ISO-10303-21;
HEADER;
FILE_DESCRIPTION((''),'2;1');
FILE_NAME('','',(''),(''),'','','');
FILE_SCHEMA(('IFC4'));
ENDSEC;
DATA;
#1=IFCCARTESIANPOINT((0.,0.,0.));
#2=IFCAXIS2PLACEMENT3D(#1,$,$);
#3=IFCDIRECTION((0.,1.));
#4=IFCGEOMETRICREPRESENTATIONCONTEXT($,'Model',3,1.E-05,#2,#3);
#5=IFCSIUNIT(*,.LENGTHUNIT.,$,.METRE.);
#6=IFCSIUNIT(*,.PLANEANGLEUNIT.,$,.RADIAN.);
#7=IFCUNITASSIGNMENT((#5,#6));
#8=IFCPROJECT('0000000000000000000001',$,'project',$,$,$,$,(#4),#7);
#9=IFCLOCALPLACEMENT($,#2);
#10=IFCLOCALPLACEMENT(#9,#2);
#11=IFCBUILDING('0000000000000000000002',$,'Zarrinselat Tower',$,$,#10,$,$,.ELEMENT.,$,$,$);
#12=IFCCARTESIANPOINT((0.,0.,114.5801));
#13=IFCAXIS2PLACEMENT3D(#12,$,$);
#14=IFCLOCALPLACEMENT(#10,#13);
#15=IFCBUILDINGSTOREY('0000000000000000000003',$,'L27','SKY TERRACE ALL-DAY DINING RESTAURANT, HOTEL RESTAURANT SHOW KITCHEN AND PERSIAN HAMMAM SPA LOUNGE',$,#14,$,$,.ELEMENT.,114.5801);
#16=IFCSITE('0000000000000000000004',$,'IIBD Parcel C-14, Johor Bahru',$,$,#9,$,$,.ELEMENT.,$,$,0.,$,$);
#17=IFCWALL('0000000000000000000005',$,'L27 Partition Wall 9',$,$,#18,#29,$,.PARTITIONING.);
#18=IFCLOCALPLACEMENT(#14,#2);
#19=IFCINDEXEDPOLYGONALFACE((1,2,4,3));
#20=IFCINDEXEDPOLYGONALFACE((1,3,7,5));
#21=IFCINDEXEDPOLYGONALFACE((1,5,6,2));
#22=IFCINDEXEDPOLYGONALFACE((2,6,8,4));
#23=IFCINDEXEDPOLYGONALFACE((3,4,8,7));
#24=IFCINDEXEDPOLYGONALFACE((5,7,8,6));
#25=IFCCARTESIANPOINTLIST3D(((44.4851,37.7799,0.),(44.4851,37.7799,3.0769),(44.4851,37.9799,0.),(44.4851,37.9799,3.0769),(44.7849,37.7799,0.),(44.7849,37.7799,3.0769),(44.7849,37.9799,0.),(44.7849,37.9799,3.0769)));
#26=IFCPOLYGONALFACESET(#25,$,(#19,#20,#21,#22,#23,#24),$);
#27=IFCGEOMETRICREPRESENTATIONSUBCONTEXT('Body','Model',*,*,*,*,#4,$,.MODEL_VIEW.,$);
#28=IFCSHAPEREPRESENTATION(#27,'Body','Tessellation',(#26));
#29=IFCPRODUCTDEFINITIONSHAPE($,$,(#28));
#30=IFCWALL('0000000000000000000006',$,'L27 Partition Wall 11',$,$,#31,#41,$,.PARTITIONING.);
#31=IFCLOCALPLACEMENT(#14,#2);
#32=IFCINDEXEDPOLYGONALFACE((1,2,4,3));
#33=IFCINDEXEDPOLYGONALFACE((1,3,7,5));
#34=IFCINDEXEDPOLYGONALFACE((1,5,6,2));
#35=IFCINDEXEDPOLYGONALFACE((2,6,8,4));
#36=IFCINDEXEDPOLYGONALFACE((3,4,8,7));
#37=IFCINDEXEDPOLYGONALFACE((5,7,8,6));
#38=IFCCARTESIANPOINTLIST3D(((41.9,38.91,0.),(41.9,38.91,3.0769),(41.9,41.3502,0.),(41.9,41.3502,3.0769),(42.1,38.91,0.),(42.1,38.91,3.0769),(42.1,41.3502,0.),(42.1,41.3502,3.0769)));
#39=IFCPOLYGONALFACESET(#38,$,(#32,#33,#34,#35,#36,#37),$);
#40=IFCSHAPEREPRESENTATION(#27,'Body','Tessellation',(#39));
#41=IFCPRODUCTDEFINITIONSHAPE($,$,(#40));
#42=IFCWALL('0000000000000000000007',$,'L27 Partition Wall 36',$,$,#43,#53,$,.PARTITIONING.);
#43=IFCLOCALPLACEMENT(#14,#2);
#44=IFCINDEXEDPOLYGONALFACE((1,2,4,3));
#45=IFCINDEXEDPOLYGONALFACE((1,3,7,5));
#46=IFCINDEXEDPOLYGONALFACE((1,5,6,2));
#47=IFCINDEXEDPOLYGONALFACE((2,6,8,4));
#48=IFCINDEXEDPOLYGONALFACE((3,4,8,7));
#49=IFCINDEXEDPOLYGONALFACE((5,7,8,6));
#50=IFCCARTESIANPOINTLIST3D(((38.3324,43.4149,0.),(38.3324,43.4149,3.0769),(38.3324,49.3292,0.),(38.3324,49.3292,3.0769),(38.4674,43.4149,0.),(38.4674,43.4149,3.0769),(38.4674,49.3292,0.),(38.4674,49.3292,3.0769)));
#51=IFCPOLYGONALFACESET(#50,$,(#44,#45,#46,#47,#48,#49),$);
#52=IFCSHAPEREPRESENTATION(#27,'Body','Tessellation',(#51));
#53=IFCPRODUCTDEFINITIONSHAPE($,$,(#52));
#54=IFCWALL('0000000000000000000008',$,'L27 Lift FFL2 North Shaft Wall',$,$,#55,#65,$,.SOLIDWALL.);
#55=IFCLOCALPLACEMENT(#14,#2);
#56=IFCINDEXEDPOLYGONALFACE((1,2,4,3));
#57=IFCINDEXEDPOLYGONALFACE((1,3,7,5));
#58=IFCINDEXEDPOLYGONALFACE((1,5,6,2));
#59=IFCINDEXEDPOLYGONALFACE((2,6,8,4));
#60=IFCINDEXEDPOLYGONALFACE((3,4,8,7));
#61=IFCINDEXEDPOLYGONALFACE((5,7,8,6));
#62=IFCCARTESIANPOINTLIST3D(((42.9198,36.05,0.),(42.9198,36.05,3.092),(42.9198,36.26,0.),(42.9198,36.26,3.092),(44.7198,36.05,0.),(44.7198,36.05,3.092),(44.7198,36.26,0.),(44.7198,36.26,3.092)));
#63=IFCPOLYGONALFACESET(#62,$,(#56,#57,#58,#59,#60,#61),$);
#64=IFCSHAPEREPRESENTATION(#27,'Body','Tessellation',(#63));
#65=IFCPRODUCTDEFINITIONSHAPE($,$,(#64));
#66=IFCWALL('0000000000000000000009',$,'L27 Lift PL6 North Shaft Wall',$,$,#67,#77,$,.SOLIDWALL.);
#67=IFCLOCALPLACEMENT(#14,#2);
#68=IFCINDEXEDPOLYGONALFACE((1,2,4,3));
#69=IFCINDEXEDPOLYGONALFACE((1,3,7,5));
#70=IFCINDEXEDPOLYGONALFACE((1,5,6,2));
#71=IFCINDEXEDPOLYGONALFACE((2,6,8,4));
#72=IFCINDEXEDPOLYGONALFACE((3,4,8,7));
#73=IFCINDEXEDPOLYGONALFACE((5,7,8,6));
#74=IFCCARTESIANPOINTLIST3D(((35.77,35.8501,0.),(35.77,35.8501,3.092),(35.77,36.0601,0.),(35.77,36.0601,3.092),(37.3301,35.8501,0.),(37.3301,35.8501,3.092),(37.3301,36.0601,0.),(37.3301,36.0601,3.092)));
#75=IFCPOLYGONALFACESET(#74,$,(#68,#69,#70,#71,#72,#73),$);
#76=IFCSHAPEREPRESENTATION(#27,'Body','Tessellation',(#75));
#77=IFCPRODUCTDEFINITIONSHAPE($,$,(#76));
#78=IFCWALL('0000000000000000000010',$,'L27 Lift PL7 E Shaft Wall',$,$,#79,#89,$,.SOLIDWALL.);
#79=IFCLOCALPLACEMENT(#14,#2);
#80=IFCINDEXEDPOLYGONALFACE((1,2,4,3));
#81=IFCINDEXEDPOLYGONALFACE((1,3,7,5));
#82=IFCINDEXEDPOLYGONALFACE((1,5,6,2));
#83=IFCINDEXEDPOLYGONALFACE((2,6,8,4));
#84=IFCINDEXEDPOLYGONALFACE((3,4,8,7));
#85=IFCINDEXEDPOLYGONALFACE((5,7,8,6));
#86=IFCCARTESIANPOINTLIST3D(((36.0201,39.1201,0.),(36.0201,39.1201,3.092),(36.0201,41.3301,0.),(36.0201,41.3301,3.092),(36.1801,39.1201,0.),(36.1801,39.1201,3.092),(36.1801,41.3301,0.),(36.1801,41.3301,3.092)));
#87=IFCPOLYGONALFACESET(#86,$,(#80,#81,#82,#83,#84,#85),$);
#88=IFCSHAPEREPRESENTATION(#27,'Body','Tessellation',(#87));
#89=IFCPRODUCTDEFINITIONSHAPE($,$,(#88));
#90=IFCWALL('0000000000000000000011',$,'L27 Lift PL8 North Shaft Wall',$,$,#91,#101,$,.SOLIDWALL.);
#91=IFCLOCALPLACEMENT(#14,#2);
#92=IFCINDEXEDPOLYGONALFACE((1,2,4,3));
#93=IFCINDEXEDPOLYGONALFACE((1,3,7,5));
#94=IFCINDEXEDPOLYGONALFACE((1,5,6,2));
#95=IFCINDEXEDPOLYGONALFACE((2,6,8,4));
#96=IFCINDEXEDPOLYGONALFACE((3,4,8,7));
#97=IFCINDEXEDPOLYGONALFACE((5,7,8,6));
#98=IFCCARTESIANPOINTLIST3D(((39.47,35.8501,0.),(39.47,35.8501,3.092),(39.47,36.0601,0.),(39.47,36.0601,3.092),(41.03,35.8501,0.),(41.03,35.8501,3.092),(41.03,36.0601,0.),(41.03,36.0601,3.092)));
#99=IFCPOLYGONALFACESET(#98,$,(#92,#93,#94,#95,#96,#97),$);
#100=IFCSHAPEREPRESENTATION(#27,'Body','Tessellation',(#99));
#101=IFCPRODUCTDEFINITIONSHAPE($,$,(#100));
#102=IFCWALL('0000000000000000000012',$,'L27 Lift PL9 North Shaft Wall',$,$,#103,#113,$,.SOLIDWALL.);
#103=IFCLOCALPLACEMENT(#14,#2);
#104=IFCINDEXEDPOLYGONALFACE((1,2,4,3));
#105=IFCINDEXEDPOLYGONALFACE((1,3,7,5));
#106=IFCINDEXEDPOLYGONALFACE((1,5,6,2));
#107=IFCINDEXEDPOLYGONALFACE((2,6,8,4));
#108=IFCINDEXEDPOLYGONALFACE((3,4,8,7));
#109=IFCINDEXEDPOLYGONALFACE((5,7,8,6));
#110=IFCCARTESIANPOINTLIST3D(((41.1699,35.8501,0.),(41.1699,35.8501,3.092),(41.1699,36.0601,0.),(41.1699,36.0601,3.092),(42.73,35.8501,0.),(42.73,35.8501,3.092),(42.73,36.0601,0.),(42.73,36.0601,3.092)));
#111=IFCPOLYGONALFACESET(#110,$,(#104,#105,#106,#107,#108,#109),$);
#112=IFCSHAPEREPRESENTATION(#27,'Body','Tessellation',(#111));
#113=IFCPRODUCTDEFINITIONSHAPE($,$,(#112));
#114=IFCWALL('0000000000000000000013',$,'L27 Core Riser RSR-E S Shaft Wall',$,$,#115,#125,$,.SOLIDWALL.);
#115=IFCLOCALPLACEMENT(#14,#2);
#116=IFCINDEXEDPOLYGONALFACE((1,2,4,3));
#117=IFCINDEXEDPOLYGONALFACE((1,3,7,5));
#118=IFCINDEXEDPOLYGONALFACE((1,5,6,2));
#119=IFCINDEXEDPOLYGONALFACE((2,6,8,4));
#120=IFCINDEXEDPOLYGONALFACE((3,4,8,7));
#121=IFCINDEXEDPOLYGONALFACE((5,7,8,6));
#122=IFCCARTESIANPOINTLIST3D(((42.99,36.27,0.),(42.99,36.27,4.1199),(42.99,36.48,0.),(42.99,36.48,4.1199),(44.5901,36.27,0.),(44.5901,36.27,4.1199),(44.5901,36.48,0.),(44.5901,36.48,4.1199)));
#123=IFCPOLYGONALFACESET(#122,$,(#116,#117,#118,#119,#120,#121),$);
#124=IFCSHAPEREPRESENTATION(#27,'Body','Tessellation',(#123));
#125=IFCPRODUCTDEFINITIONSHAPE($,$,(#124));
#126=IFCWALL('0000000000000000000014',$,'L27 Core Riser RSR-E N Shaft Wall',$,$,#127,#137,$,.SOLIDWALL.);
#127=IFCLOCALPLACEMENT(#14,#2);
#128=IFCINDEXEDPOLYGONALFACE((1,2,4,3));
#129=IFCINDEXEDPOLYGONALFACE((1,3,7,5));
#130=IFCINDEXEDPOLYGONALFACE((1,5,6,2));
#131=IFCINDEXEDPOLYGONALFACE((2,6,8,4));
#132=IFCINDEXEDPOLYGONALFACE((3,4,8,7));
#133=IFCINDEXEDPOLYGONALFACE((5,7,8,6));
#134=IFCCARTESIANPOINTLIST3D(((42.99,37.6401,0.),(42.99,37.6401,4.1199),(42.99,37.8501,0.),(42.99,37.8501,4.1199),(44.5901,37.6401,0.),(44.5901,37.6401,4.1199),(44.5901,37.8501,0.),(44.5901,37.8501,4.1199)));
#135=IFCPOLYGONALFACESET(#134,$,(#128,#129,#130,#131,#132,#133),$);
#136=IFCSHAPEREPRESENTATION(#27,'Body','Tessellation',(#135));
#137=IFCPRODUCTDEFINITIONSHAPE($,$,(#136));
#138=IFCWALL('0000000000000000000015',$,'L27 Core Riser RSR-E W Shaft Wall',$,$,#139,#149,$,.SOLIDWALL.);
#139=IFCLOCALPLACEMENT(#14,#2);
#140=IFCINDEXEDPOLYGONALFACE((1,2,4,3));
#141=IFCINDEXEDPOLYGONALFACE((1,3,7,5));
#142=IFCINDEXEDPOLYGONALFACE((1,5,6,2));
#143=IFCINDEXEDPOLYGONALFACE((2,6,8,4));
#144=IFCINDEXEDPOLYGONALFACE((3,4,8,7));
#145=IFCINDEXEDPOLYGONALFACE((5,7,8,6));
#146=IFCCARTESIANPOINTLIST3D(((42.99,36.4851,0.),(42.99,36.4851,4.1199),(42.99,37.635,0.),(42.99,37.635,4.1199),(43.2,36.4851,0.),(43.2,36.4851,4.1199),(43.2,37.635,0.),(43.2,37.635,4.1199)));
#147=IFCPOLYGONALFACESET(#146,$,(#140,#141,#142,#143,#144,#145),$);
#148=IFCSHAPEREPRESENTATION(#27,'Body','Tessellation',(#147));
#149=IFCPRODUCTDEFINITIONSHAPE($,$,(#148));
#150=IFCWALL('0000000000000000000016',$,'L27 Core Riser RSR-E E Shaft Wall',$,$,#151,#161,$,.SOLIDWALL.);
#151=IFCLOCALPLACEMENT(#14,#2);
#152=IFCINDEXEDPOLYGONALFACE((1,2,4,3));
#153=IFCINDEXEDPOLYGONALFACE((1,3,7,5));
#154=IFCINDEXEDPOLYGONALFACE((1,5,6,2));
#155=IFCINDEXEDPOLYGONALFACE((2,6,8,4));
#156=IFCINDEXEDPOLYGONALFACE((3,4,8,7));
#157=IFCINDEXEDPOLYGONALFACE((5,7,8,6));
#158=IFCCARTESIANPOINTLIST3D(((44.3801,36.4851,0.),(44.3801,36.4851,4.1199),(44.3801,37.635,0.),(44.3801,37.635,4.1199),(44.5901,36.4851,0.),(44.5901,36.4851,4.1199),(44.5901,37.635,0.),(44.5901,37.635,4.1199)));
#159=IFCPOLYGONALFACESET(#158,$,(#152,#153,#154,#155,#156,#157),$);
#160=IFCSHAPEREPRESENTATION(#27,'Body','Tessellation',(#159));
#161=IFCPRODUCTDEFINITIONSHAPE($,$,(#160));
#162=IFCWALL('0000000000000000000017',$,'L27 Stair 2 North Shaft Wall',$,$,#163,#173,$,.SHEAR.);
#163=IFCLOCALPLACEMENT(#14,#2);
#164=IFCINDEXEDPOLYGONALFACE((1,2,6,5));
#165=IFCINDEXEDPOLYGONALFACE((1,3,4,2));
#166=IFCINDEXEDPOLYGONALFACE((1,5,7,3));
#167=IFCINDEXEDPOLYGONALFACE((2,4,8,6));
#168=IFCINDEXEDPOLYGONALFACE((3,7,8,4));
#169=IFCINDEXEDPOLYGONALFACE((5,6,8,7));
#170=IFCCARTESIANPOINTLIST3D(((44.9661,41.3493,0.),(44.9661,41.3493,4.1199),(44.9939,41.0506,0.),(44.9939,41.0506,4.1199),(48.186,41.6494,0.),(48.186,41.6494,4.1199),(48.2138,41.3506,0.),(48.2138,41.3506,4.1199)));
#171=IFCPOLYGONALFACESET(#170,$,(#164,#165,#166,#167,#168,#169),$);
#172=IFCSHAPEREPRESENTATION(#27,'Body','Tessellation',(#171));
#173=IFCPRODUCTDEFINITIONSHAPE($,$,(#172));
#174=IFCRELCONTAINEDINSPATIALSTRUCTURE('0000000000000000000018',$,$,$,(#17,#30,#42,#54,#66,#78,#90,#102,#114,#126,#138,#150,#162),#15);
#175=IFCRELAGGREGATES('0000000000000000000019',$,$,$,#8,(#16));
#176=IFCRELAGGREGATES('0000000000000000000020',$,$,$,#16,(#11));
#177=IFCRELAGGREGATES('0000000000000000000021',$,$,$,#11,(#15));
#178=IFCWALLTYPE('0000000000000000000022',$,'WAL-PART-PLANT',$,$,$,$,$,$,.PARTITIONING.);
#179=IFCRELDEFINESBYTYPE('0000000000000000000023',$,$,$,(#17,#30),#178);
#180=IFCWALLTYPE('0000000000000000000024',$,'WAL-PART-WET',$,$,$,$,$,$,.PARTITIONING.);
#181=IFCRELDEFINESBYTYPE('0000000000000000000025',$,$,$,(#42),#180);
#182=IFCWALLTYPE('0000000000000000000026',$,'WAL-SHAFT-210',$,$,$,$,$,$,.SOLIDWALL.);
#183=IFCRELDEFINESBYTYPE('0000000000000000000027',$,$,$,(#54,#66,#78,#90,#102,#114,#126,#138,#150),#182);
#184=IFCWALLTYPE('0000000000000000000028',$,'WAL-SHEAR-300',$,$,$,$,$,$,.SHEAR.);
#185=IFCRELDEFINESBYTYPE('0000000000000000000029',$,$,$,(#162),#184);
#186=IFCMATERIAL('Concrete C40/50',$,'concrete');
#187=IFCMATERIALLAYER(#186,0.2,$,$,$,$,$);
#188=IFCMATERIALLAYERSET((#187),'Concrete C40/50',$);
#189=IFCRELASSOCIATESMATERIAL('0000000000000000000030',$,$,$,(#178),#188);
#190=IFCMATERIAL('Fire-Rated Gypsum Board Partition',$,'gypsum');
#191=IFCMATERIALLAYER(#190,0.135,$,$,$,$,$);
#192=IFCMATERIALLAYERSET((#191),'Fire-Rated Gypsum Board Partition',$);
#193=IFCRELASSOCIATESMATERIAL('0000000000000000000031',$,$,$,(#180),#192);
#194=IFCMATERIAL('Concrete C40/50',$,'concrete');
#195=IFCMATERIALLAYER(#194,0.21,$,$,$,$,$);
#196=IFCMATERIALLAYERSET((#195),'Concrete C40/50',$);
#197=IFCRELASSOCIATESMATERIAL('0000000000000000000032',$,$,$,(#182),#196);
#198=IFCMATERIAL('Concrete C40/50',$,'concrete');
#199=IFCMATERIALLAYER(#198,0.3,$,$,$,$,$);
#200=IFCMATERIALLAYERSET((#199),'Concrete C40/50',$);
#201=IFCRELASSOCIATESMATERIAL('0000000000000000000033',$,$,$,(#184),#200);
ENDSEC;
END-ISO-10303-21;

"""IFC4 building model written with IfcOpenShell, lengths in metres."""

from ifc_helpers import new_model, si_unit, direction, frame, frame_2d, origin, place, context, subcontext, project, spatial, rectangle, extrude, material, layer, layer_set, type_object, element, save


model = new_model("IFC4")

# Units and contexts
model_context = context("Model", 3, precision=1e-05, world=origin(), true_north=direction((0.0, 1.0)))
body_context = subcontext(model_context, "Body", "Model", "MODEL_VIEW")
ifc_project = project(units=[si_unit("LENGTHUNIT", "METRE"), si_unit("PLANEANGLEUNIT", "RADIAN")], contexts=[model_context])

# Site, building, storey
site_placement = place(None, origin())
site = spatial("IfcSite", under=ifc_project, at=site_placement, Name="IIBD Parcel C-14, Johor Bahru", CompositionType="ELEMENT", RefElevation=0.0)
building_placement = place(site_placement, origin())
building = spatial("IfcBuilding", under=site, at=building_placement, Name="Zarrinselat Tower", CompositionType="ELEMENT")
storey_placement = place(building_placement, frame((0.0, 0.0, 114.5801)))
storey = spatial("IfcBuildingStorey", under=building, at=storey_placement, Name="L27", Description="SKY TERRACE ALL-DAY DINING RESTAURANT, HOTEL RESTAURANT SHOW KITCHEN AND PERSIAN HAMMAM SPA LOUNGE", CompositionType="ELEMENT", Elevation=114.5801)

# Shared definitions
ifc_material_1 = material(Name="Concrete C40/50", Category="concrete")
ifc_layer_1 = layer(ifc_material_1, 0.2)
ifc_layer_set_1 = layer_set([ifc_layer_1], Name="Concrete C40/50")
wall_type_1 = type_object("IfcWallType", Name="WAL-PART-PLANT", PredefinedType="PARTITIONING", material=ifc_layer_set_1)

# Walls
wall_1_placement = place(storey_placement, frame((44.4851, 37.8799, 0.0), z_axis=(0.0, 0.0, 1.0), x_axis=(1.0, 0.0, 0.0)))
element("IfcWall", 1, at=wall_1_placement, inside=storey, type_object=wall_type_1, Name="L27 Partition Wall 9", PredefinedType="PARTITIONING", context=body_context, shape_type="SweptSolid", body=[
    extrude(rectangle(XDim=0.2998, YDim=0.2, at=frame_2d((0.1499, 0.0))), origin(), (0.0, 0.0, 1.0), 3.0769),
])
wall_2_placement = place(storey_placement, frame((42.0, 38.9099, 0.0), z_axis=(0.0, 0.0, 1.0), x_axis=(0.0, 1.0, 0.0)))
element("IfcWall", 2, at=wall_2_placement, inside=storey, type_object=wall_type_1, Name="L27 Partition Wall 11", PredefinedType="PARTITIONING", context=body_context, shape_type="SweptSolid", body=[
    extrude(rectangle(XDim=2.4402, YDim=0.2, at=frame_2d((1.2202, 0.0))), origin(), (0.0, 0.0, 1.0), 3.0769),
])
ifc_material_2 = material(Name="Fire-Rated Gypsum Board Partition", Category="gypsum")
ifc_layer_2 = layer(ifc_material_2, 0.135)
ifc_layer_set_2 = layer_set([ifc_layer_2], Name="Fire-Rated Gypsum Board Partition")
wall_type_2 = type_object("IfcWallType", Name="WAL-PART-WET", PredefinedType="PARTITIONING", material=ifc_layer_set_2)
wall_3_placement = place(storey_placement, frame((38.3999, 43.415, 0.0), z_axis=(0.0, 0.0, 1.0), x_axis=(0.0, 1.0, 0.0)))
element("IfcWall", 3, at=wall_3_placement, inside=storey, type_object=wall_type_2, Name="L27 Partition Wall 36", PredefinedType="PARTITIONING", context=body_context, shape_type="SweptSolid", body=[
    extrude(rectangle(XDim=5.9143, YDim=0.135, at=frame_2d((2.957, 0.0))), origin(), (0.0, 0.0, 1.0), 3.0769),
])
ifc_material_3 = material(Name="Concrete C40/50", Category="concrete")
ifc_layer_3 = layer(ifc_material_3, 0.21)
ifc_layer_set_3 = layer_set([ifc_layer_3], Name="Concrete C40/50")
wall_type_3 = type_object("IfcWallType", Name="WAL-SHAFT-210", PredefinedType="SOLIDWALL", material=ifc_layer_set_3)
wall_4_placement = place(storey_placement, frame((42.9199, 36.155, 0.0), z_axis=(0.0, 0.0, 1.0), x_axis=(1.0, 0.0, 0.0)))
element("IfcWall", 4, at=wall_4_placement, inside=storey, type_object=wall_type_3, Name="L27 Lift FFL2 North Shaft Wall", PredefinedType="SOLIDWALL", context=body_context, shape_type="SweptSolid", body=[
    extrude(rectangle(XDim=1.8, YDim=0.21, at=frame_2d((0.8999, 0.0))), origin(), (0.0, 0.0, 1.0), 3.092),
])
wall_5_placement = place(storey_placement, frame((35.77, 35.9551, 0.0), z_axis=(0.0, 0.0, 1.0), x_axis=(1.0, 0.0, 0.0)))
element("IfcWall", 5, at=wall_5_placement, inside=storey, type_object=wall_type_3, Name="L27 Lift PL6 North Shaft Wall", PredefinedType="SOLIDWALL", context=body_context, shape_type="SweptSolid", body=[
    extrude(rectangle(XDim=1.5601, YDim=0.21, at=frame_2d((0.78, 0.0))), origin(), (0.0, 0.0, 1.0), 3.092),
])
wall_6_placement = place(storey_placement, frame((36.1001, 39.1201, 0.0), z_axis=(0.0, 0.0, 1.0), x_axis=(0.0, 1.0, 0.0)))
element("IfcWall", 6, at=wall_6_placement, inside=storey, type_object=wall_type_3, Name="L27 Lift PL7 E Shaft Wall", PredefinedType="SOLIDWALL", context=body_context, shape_type="SweptSolid", body=[
    extrude(rectangle(XDim=2.21, YDim=0.1599, at=frame_2d((1.105, 0.0))), origin(), (0.0, 0.0, 1.0), 3.092),
])
for number, where, z_axis, x_axis, name in (
    (7, (39.47, 35.9551, 0.0), (0.0, 0.0, 1.0), (1.0, 0.0, 0.0), "L27 Lift PL8 North Shaft Wall"),
    (8, (41.1699, 35.9551, 0.0), (0.0, 0.0, 1.0), (1.0, 0.0, 0.0), "L27 Lift PL9 North Shaft Wall"),
):
    element("IfcWall", number, at=place(storey_placement, frame(where, z_axis=z_axis, x_axis=x_axis)), inside=storey, type_object=wall_type_3, Name=name, PredefinedType="SOLIDWALL", context=body_context, shape_type="SweptSolid", body=[
        extrude(rectangle(XDim=1.5601, YDim=0.21, at=frame_2d((0.78, 0.0))), origin(), (0.0, 0.0, 1.0), 3.092),
    ])
for number, where, z_axis, x_axis, name in (
    (9, (42.99, 36.375, 0.0), (0.0, 0.0, 1.0), (1.0, 0.0, 0.0), "L27 Core Riser RSR-E S Shaft Wall"),
    (10, (42.99, 37.7451, 0.0), (0.0, 0.0, 1.0), (1.0, 0.0, 0.0), "L27 Core Riser RSR-E N Shaft Wall"),
):
    element("IfcWall", number, at=place(storey_placement, frame(where, z_axis=z_axis, x_axis=x_axis)), inside=storey, type_object=wall_type_3, Name=name, PredefinedType="SOLIDWALL", context=body_context, shape_type="SweptSolid", body=[
        extrude(rectangle(XDim=1.6001, YDim=0.21, at=frame_2d((0.8, 0.0))), origin(), (0.0, 0.0, 1.0), 4.1199),
    ])
for number, where, z_axis, x_axis, name in (
    (11, (43.095, 36.4851, 0.0), (0.0, 0.0, 1.0), (0.0, 1.0, 0.0), "L27 Core Riser RSR-E W Shaft Wall"),
    (12, (44.4851, 36.4851, 0.0), (0.0, 0.0, 1.0), (0.0, 1.0, 0.0), "L27 Core Riser RSR-E E Shaft Wall"),
):
    element("IfcWall", number, at=place(storey_placement, frame(where, z_axis=z_axis, x_axis=x_axis)), inside=storey, type_object=wall_type_3, Name=name, PredefinedType="SOLIDWALL", context=body_context, shape_type="SweptSolid", body=[
        extrude(rectangle(XDim=1.1499, YDim=0.21, at=frame_2d((0.575, 0.0))), origin(), (0.0, 0.0, 1.0), 4.1199),
    ])
ifc_material_4 = material(Name="Concrete C40/50", Category="concrete")
ifc_layer_4 = layer(ifc_material_4, 0.3)
ifc_layer_set_4 = layer_set([ifc_layer_4], Name="Concrete C40/50")
wall_type_4 = type_object("IfcWallType", Name="WAL-SHEAR-300", PredefinedType="SHEAR", material=ifc_layer_set_4)
wall_7_placement = place(storey_placement, frame((44.98, 41.2, 0.0), z_axis=(0.0, 0.0, 1.0), x_axis=(0.995686, 0.092782, 0.0)))
element("IfcWall", 13, at=wall_7_placement, inside=storey, type_object=wall_type_4, Name="L27 Stair 2 North Shaft Wall", PredefinedType="SHEAR", context=body_context, shape_type="SweptSolid", body=[
    extrude(rectangle(XDim=3.2339, YDim=0.3, at=frame_2d((1.6169, 0.0))), origin(), (0.0, 0.0, 1.0), 4.1199),
])

save(model, "model.ifc")
